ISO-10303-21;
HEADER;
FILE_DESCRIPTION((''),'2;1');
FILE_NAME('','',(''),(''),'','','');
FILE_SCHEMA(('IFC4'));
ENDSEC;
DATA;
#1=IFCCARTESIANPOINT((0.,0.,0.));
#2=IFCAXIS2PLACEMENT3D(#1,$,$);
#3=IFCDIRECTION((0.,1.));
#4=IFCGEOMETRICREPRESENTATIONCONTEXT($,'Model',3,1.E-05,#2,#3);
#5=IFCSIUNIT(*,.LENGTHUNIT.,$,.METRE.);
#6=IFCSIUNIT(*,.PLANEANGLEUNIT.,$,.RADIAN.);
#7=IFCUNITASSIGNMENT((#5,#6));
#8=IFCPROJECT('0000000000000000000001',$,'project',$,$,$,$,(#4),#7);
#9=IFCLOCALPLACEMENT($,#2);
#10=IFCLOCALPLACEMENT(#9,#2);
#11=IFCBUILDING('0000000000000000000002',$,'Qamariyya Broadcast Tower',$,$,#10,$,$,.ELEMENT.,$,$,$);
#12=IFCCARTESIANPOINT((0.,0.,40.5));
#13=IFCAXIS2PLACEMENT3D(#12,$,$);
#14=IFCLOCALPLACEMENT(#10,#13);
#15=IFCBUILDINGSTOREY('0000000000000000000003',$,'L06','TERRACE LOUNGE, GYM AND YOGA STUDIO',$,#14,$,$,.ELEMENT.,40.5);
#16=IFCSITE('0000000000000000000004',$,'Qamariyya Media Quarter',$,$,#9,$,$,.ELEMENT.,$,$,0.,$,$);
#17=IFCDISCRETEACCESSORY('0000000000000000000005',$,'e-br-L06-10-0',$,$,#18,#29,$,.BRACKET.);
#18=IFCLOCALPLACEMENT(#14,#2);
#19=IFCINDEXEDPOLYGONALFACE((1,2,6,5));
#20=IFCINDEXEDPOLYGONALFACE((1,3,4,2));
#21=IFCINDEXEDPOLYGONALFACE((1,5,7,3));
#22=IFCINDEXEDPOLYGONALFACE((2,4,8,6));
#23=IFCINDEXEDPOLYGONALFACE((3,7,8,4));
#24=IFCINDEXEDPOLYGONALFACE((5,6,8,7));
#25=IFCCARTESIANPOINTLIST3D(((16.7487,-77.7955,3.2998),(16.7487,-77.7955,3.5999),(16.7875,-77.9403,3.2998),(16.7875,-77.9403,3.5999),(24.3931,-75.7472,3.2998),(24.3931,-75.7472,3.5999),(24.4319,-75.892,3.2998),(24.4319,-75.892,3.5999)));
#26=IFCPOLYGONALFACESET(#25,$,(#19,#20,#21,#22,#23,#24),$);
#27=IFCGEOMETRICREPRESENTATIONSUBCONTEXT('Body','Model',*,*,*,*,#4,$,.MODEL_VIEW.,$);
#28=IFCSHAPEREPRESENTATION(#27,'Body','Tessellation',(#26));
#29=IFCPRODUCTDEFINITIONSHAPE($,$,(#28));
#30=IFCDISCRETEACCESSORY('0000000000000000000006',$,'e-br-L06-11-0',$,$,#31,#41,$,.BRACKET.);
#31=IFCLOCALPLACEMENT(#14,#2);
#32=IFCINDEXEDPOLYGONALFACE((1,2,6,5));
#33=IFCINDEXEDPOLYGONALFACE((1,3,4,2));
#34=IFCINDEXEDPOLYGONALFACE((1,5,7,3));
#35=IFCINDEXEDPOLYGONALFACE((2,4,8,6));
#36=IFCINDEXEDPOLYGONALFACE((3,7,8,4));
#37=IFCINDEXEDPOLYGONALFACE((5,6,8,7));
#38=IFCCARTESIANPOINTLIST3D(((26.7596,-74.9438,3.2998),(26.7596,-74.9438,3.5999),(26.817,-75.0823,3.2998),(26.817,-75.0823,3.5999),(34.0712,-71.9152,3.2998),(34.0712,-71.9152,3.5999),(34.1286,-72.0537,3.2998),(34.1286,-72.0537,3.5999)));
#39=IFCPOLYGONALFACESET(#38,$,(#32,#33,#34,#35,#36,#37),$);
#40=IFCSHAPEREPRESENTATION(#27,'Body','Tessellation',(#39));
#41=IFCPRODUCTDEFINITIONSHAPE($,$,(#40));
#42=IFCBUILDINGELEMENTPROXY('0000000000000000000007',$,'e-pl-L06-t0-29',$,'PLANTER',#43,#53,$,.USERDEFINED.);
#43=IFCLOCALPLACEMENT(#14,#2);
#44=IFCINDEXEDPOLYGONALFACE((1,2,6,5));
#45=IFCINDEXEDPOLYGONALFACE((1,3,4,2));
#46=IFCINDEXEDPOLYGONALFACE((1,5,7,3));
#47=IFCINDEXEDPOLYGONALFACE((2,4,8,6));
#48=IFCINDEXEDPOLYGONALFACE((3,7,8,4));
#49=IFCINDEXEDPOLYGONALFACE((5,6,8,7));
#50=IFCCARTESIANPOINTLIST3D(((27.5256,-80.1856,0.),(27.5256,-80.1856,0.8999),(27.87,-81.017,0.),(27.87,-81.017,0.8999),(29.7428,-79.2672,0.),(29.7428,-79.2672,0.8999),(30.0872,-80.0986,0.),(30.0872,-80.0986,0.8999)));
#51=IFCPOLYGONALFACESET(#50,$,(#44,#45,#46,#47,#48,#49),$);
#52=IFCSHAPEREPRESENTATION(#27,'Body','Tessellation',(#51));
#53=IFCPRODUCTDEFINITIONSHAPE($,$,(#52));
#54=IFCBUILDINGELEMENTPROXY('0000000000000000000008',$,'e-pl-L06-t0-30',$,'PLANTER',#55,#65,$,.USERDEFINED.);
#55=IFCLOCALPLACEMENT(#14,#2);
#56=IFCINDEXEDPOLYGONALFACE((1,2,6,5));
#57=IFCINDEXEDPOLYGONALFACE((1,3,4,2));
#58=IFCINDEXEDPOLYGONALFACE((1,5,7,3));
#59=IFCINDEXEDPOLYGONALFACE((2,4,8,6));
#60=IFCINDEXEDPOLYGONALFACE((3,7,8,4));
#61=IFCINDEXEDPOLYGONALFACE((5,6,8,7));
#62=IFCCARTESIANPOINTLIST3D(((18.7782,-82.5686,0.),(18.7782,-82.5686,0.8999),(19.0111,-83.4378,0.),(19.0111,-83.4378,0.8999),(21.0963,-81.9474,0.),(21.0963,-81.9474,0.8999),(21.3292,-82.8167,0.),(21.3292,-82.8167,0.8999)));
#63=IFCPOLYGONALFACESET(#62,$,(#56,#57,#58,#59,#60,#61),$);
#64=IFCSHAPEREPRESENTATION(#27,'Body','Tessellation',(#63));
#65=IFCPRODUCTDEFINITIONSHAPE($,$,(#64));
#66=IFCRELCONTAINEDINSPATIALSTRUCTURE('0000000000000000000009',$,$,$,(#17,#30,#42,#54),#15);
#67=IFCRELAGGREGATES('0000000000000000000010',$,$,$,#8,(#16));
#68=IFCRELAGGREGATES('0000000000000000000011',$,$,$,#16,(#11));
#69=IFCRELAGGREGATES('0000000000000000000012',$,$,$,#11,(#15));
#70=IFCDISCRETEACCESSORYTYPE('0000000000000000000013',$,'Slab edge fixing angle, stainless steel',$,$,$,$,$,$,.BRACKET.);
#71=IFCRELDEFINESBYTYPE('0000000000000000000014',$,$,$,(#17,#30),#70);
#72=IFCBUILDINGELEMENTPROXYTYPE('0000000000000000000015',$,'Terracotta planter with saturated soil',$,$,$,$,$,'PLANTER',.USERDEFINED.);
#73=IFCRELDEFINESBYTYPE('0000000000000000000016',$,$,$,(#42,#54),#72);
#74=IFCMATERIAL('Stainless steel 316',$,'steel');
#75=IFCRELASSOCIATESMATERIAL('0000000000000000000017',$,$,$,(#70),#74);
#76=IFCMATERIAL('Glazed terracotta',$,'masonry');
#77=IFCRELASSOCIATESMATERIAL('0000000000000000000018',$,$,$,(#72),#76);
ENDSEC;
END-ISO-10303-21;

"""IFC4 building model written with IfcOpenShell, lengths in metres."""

from ifc_helpers import new_model, si_unit, direction, frame, origin, origin_2d, place, context, subcontext, project, spatial, rectangle, extrude, material, type_object, element, save


model = new_model("IFC4")

# Units and contexts
model_context = context("Model", 3, precision=1e-05, world=origin(), true_north=direction((0.0, 1.0)))
body_context = subcontext(model_context, "Body", "Model", "MODEL_VIEW")
ifc_project = project(units=[si_unit("LENGTHUNIT", "METRE"), si_unit("PLANEANGLEUNIT", "RADIAN")], contexts=[model_context])

# Site, building, storey
site_placement = place(None, origin())
site = spatial("IfcSite", under=ifc_project, at=site_placement, Name="Qamariyya Media Quarter", CompositionType="ELEMENT", RefElevation=0.0)
building_placement = place(site_placement, origin())
building = spatial("IfcBuilding", under=site, at=building_placement, Name="Qamariyya Broadcast Tower", CompositionType="ELEMENT")
storey_placement = place(building_placement, frame((0.0, 0.0, 40.5)))
storey = spatial("IfcBuildingStorey", under=building, at=storey_placement, Name="L06", Description="TERRACE LOUNGE, GYM AND YOGA STUDIO", CompositionType="ELEMENT", Elevation=40.5)

# Shared definitions
ifc_material_1 = material(Name="Glazed terracotta", Category="masonry")

# Discrete accessories
ifc_material_2 = material(Name="Stainless steel 316", Category="steel")
discrete_accessory_type = type_object("IfcDiscreteAccessoryType", Name="Slab edge fixing angle, stainless steel", PredefinedType="BRACKET", material=ifc_material_2)
for number, where, z_axis, x_axis, name in (
    (1, (20.5903, -76.8438, 3.2998), (0.0, 0.0, 1.0), (0.965926, 0.258819, 0.0), "e-br-L06-10-0"),
    (2, (30.4441, -73.4988, 3.2998), (0.0, 0.0, 1.0), (0.92388, 0.382683, 0.0), "e-br-L06-11-0"),
):
    element("IfcDiscreteAccessory", number, at=place(storey_placement, frame(where, z_axis=z_axis, x_axis=x_axis)), inside=storey, type_object=discrete_accessory_type, Name=name, PredefinedType="BRACKET", context=body_context, shape_type="SweptSolid", body=[
        extrude(rectangle(XDim=7.9141, YDim=0.1499, at=origin_2d()), origin(), (0.0, 0.0, 1.0), 0.3),
    ])

# Building element proxies
building_element_proxy_type = type_object("IfcBuildingElementProxyType", Name="Terracotta planter with saturated soil", ElementType="PLANTER", PredefinedType="USERDEFINED", material=ifc_material_1)
for number, where, z_axis, x_axis, name in (
    (3, (28.8064, -80.1421, 0.0), (0.0, 0.0, 1.0), (-0.92388, -0.382683, 0.0), "e-pl-L06-t0-29"),
    (4, (20.0537, -82.6926, 0.0), (0.0, 0.0, 1.0), (-0.965926, -0.258819, 0.0), "e-pl-L06-t0-30"),
):
    element("IfcBuildingElementProxy", number, at=place(storey_placement, frame(where, z_axis=z_axis, x_axis=x_axis)), inside=storey, type_object=building_element_proxy_type, Name=name, ObjectType="PLANTER", PredefinedType="USERDEFINED", context=body_context, shape_type="SweptSolid", body=[
        extrude(rectangle(XDim=2.3999, YDim=0.8999, at=origin_2d()), origin(), (0.0, 0.0, 1.0), 0.8999),
    ])

save(model, "model.ifc")
